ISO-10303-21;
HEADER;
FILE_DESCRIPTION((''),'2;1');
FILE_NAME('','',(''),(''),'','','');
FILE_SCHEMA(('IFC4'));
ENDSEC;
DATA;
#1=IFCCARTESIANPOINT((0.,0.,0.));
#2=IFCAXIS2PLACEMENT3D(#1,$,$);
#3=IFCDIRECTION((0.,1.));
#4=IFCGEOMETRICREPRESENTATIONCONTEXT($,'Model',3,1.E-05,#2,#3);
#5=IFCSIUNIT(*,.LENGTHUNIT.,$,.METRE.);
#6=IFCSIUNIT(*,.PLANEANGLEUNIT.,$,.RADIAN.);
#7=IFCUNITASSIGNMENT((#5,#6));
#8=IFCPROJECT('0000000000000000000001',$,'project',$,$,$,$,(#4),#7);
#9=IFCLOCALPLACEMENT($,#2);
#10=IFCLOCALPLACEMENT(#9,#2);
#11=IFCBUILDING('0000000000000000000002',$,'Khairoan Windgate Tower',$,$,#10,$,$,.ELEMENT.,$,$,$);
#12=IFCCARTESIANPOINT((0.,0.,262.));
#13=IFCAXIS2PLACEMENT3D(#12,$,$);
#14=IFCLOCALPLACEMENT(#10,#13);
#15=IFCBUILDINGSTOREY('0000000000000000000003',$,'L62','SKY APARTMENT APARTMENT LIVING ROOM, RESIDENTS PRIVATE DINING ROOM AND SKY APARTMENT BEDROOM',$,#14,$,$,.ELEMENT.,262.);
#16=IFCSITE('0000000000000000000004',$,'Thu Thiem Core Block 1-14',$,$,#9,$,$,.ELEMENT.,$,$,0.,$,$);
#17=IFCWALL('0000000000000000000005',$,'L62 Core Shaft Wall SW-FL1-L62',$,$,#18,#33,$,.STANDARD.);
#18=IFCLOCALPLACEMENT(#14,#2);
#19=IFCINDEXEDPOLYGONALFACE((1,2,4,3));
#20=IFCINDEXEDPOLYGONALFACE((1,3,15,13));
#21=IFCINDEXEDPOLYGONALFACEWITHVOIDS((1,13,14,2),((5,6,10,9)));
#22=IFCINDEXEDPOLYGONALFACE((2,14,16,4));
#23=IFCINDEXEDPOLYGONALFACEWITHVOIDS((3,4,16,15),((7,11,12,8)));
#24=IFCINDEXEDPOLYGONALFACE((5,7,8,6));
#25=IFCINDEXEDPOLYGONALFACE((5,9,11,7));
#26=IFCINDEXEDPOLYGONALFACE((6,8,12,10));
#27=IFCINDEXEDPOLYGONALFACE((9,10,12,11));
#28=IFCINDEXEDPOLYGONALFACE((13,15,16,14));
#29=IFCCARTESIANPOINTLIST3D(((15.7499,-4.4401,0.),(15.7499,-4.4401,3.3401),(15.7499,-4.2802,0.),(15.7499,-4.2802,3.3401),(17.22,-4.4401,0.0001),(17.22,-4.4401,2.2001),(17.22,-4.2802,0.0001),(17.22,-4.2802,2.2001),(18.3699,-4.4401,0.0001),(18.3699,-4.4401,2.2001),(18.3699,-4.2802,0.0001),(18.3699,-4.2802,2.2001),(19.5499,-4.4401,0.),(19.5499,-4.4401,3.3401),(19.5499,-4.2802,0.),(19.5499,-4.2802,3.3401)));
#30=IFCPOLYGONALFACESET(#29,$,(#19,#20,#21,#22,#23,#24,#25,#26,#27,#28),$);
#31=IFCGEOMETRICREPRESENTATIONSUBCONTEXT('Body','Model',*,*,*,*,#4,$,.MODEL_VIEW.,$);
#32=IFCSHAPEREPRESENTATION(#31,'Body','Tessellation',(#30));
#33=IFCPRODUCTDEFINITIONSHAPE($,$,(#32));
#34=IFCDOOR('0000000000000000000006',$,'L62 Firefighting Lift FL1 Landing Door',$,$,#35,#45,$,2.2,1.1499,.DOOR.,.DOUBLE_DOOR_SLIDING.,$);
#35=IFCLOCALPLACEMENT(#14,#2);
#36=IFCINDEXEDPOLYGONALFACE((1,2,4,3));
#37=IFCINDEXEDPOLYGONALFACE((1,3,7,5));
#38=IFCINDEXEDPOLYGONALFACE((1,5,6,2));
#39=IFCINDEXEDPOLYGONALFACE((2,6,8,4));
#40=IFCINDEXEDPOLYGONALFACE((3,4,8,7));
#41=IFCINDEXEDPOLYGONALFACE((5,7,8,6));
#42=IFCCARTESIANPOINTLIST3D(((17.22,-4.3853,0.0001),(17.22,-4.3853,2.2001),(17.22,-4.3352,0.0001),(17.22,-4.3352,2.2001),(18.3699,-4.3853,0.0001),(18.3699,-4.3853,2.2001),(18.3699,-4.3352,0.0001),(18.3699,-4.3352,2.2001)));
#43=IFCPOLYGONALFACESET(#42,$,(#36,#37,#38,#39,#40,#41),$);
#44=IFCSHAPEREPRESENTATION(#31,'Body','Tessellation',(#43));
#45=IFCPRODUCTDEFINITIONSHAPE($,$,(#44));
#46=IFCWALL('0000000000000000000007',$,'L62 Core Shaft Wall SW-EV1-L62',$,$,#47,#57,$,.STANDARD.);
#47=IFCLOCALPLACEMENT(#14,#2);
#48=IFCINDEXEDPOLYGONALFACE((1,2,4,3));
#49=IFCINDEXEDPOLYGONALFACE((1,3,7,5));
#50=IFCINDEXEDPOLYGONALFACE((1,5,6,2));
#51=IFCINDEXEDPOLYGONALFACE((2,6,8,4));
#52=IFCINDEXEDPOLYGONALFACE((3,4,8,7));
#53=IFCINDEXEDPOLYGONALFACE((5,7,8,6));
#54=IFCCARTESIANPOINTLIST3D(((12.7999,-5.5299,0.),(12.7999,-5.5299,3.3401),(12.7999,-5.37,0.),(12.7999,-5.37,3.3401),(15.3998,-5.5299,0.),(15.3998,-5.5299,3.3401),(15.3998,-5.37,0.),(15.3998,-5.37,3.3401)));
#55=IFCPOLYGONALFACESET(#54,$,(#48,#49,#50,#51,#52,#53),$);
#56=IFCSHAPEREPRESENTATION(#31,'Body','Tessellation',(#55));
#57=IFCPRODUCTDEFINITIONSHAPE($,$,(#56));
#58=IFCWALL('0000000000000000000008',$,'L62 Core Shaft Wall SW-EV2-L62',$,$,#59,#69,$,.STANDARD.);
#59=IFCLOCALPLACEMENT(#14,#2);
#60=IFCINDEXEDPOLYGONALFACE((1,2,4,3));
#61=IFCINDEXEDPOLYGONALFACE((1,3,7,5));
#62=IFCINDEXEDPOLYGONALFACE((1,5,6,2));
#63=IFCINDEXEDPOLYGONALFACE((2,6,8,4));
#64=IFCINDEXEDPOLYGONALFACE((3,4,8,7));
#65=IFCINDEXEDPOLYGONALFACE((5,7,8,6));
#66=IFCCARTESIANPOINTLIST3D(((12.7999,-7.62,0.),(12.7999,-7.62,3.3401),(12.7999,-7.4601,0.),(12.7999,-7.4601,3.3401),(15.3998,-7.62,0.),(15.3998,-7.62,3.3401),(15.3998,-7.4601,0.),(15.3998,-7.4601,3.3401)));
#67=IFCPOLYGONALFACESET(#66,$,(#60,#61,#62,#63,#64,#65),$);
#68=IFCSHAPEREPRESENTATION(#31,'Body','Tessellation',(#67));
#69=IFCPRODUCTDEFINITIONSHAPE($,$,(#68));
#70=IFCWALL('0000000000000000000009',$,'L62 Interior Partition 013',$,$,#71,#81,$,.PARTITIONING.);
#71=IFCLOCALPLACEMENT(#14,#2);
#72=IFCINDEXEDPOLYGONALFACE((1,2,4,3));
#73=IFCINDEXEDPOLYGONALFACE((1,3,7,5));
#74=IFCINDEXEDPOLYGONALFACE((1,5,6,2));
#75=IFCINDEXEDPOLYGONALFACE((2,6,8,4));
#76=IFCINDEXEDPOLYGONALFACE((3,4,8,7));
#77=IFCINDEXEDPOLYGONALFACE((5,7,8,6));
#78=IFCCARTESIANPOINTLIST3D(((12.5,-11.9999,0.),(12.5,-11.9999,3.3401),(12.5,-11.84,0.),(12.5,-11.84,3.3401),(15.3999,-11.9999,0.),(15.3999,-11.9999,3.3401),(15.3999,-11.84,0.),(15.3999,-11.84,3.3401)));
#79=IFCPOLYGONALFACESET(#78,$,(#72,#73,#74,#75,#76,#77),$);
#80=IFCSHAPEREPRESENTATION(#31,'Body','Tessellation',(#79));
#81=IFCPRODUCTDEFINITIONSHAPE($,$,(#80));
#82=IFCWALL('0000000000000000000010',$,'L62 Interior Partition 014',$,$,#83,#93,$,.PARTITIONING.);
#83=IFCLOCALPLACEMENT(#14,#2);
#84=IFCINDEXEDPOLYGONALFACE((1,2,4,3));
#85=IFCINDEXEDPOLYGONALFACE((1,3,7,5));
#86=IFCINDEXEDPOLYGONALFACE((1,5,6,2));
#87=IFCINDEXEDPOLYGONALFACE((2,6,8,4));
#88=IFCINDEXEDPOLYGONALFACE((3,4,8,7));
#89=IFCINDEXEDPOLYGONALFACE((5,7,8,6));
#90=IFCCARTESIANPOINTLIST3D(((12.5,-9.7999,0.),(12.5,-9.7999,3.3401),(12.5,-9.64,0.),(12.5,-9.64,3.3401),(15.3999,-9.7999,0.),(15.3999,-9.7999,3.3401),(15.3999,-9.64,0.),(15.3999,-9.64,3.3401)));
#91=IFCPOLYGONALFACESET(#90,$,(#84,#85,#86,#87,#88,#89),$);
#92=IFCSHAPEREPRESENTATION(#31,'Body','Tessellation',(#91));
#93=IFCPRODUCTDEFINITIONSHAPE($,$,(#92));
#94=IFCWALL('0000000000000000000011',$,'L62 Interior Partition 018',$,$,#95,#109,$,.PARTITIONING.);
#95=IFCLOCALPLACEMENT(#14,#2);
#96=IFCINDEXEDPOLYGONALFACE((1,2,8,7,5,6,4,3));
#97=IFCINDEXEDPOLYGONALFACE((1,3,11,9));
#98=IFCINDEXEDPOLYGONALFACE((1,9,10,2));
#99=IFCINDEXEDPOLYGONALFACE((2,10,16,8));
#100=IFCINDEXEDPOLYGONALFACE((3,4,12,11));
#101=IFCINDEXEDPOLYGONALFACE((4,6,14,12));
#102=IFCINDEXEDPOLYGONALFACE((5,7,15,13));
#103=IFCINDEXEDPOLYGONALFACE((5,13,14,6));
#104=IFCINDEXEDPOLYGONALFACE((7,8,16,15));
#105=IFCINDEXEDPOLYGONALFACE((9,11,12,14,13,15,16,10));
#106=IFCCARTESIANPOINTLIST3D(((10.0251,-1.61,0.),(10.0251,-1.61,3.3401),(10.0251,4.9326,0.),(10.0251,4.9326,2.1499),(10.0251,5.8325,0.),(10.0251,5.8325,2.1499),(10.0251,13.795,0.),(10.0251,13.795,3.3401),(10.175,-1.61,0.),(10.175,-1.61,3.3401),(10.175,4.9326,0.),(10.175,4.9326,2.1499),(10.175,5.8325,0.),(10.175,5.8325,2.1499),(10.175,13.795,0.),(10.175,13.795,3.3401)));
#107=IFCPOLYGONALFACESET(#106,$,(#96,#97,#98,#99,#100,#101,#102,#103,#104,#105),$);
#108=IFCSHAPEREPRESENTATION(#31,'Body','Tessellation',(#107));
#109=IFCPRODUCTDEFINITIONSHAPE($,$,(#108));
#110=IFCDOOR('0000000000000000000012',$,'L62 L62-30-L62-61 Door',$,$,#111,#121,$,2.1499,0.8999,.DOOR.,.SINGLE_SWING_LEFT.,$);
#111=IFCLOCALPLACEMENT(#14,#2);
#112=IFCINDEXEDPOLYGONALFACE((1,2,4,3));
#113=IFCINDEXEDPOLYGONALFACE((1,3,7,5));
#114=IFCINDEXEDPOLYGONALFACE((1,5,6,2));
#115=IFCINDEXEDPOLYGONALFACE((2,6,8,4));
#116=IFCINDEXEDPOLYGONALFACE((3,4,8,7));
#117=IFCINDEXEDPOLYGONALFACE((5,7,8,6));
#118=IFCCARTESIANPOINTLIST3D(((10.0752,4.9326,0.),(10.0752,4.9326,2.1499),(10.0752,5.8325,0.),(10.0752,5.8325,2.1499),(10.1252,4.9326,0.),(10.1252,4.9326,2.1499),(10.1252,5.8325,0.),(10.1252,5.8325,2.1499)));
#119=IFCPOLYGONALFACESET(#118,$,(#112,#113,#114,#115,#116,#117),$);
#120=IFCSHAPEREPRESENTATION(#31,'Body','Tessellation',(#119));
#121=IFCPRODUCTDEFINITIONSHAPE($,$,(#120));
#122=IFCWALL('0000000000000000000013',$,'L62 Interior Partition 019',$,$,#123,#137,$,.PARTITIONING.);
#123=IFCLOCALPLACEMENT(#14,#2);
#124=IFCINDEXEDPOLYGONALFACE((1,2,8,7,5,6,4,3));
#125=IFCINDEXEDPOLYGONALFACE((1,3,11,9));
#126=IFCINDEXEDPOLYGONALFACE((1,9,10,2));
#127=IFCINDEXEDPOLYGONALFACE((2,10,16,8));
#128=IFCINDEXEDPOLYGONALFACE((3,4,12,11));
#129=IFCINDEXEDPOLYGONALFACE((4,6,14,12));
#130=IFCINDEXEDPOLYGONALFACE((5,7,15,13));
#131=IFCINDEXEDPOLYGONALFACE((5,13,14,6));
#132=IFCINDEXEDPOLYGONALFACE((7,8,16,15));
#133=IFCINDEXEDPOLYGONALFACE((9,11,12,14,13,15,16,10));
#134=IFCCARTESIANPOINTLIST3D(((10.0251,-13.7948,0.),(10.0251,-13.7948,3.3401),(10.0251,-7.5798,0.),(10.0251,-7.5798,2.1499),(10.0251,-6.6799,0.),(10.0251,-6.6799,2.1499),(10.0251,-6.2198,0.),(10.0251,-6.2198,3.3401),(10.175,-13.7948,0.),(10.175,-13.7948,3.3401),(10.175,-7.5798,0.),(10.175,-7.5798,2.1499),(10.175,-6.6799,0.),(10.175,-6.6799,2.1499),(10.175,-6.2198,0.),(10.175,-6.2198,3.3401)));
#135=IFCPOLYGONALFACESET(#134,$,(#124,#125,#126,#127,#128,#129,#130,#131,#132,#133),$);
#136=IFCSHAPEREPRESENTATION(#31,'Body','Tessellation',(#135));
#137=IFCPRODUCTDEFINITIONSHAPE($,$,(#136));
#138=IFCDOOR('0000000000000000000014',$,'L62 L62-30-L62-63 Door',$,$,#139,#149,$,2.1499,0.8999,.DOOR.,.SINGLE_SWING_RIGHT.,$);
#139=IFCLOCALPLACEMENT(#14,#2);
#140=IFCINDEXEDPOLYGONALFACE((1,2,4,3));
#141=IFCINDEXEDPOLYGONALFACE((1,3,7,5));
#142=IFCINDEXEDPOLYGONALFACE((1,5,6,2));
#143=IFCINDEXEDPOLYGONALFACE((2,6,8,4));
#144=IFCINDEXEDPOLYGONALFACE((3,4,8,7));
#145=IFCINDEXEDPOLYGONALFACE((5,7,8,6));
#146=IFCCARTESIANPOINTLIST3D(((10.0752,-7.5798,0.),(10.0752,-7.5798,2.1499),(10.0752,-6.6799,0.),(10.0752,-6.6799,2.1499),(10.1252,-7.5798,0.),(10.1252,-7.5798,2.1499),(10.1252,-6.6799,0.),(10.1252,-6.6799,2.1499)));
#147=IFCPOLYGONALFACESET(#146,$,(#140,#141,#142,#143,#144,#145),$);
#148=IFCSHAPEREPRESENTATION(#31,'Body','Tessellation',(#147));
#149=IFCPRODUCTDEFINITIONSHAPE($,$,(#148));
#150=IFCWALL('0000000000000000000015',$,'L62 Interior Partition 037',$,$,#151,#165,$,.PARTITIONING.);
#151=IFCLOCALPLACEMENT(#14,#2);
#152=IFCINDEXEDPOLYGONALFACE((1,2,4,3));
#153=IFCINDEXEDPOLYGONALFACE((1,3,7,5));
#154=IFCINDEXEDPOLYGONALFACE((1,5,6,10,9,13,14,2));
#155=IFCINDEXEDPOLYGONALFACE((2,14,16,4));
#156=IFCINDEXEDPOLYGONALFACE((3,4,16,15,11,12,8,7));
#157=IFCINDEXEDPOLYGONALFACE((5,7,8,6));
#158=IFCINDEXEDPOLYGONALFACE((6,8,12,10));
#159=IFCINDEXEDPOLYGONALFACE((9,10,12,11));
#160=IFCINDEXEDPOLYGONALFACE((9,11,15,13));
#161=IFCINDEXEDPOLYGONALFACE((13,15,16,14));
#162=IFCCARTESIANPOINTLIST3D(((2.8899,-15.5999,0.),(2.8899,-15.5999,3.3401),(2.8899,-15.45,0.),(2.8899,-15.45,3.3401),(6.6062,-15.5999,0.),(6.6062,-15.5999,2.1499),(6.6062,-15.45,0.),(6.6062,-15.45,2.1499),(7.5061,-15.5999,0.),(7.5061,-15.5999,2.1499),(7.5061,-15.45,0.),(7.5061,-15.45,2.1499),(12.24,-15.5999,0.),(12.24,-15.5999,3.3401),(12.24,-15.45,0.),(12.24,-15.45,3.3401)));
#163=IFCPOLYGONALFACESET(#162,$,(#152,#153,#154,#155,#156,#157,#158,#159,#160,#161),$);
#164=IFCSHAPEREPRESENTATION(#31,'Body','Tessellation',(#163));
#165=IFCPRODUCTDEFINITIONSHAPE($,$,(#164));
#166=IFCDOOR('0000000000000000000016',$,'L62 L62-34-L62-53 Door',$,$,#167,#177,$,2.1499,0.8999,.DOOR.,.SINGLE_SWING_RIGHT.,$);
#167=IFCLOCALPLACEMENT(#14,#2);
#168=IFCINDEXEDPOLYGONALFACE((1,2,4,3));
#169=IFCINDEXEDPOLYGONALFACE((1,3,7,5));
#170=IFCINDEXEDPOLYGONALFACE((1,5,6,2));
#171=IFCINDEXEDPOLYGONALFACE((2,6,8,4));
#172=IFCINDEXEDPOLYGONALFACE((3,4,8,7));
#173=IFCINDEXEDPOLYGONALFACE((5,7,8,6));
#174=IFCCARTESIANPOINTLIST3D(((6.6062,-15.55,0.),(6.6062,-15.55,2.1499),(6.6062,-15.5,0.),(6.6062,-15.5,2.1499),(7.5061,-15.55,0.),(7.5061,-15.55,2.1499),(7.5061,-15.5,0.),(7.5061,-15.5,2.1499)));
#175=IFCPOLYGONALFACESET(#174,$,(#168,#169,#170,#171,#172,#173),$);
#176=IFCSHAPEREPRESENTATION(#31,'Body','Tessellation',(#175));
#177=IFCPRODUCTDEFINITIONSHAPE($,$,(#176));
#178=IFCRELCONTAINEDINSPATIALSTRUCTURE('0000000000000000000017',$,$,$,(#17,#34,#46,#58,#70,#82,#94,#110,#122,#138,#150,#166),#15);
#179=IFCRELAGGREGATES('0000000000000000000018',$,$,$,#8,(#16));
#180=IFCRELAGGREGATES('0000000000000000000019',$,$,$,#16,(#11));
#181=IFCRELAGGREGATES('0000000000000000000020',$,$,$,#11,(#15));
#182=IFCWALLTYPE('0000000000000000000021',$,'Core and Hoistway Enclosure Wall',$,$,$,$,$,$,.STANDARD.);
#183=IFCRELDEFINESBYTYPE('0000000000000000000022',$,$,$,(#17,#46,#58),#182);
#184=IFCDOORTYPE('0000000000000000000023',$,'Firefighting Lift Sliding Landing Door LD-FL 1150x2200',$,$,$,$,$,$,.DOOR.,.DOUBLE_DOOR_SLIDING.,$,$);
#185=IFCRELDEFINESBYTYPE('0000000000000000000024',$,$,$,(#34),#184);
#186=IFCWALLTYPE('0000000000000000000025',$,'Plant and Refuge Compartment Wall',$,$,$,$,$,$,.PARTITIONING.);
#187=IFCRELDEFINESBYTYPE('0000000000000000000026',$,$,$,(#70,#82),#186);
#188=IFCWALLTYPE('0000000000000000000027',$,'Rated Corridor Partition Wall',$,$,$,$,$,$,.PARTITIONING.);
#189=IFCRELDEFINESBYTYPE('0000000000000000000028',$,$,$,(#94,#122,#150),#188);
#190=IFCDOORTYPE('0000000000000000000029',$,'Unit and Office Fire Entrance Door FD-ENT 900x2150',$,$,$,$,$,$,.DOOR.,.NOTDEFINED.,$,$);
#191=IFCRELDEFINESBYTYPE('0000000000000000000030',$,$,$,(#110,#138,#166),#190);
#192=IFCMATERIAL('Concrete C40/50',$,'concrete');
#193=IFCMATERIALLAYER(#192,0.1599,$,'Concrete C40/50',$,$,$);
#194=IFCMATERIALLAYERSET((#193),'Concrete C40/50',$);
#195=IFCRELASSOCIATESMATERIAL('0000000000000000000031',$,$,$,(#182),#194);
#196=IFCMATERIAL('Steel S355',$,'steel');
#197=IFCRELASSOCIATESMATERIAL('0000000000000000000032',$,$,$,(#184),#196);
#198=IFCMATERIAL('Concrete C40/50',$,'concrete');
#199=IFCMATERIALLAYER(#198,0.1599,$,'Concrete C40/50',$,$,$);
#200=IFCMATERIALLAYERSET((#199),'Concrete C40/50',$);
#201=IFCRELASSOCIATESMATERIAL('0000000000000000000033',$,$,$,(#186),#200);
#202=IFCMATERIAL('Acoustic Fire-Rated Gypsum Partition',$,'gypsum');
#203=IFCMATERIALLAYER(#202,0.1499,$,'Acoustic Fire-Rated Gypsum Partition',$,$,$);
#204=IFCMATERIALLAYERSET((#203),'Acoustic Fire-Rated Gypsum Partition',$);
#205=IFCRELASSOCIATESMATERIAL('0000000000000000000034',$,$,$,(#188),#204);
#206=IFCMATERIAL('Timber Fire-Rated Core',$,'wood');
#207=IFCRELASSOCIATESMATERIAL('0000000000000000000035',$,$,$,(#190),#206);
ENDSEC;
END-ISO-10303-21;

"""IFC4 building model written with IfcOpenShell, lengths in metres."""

from ifc_helpers import new_model, si_unit, direction, frame, frame_2d, origin, place, context, subcontext, project, spatial, rectangle, extrude, material, layer, layer_set, type_object, element, fill, save


model = new_model("IFC4")

# Units and contexts
model_context = context("Model", 3, precision=1e-05, world=origin(), true_north=direction((0.0, 1.0)))
body_context = subcontext(model_context, "Body", "Model", "MODEL_VIEW")
ifc_project = project(units=[si_unit("LENGTHUNIT", "METRE"), si_unit("PLANEANGLEUNIT", "RADIAN")], contexts=[model_context])

# Site, building, storey
site_placement = place(None, origin())
site = spatial("IfcSite", under=ifc_project, at=site_placement, Name="Thu Thiem Core Block 1-14", CompositionType="ELEMENT", RefElevation=0.0)
building_placement = place(site_placement, origin())
building = spatial("IfcBuilding", under=site, at=building_placement, Name="Khairoan Windgate Tower", CompositionType="ELEMENT")
storey_placement = place(building_placement, frame((0.0, 0.0, 262.0)))
storey = spatial("IfcBuildingStorey", under=building, at=storey_placement, Name="L62", Description="SKY APARTMENT APARTMENT LIVING ROOM, RESIDENTS PRIVATE DINING ROOM AND SKY APARTMENT BEDROOM", CompositionType="ELEMENT", Elevation=262.0)

# Shared definitions
ifc_material_1 = material(Name="Concrete C40/50", Category="concrete")
ifc_layer_1 = layer(ifc_material_1, 0.1599, Name="Concrete C40/50")
ifc_layer_set_1 = layer_set([ifc_layer_1], Name="Concrete C40/50")
wall_type_1 = type_object("IfcWallType", Name="Core and Hoistway Enclosure Wall", PredefinedType="STANDARD", material=ifc_layer_set_1)

# Wall, opening, door
wall_1_placement = place(storey_placement, frame((15.75, -4.3601, 0.0), z_axis=(0.0, 0.0, 1.0), x_axis=(1.0, 0.0, 0.0)))
wall_1 = element("IfcWall", 1, at=wall_1_placement, inside=storey, type_object=wall_type_1, Name="L62 Core Shaft Wall SW-FL1-L62", PredefinedType="STANDARD", context=body_context, shape_type="SweptSolid", body=[
    extrude(rectangle(XDim=3.8, YDim=0.1599, at=frame_2d((1.8999, 0.0))), origin(), (0.0, 0.0, 1.0), 3.3401),
])
opening_1_placement = place(wall_1_placement, frame((1.47, 0.0, 0.0)))
opening_1 = element("IfcOpeningElement", 2, at=opening_1_placement, cuts=wall_1, PredefinedType="OPENING", context=body_context, shape_type="SweptSolid", body=[
    extrude(rectangle(XDim=1.1499, YDim=2.2, at=frame_2d((0.575, 1.1001))), frame((0.0, 0.0898, 0.0), z_axis=(0.0, -1.0, 0.0), x_axis=(1.0, 0.0, 0.0)), (0.0, 0.0, 1.0), 0.1799),
])
ifc_material_2 = material(Name="Steel S355", Category="steel")
door_type_1 = type_object("IfcDoorType", Name="Firefighting Lift Sliding Landing Door LD-FL 1150x2200", OperationType="DOUBLE_DOOR_SLIDING", PredefinedType="DOOR", material=ifc_material_2)
door_1_placement = place(opening_1_placement, origin())
door_1 = element("IfcDoor", 3, at=door_1_placement, inside=storey, type_object=door_type_1, Name="L62 Firefighting Lift FL1 Landing Door", OperationType="DOUBLE_DOOR_SLIDING", OverallHeight=2.2, OverallWidth=1.1499, PredefinedType="DOOR", context=body_context, shape_type="SweptSolid", body=[
    extrude(rectangle(XDim=1.1499, YDim=2.2, at=frame_2d((0.575, 1.1001))), frame((0.0, 0.0249, 0.0), z_axis=(0.0, -1.0, 0.0), x_axis=(1.0, 0.0, 0.0)), (0.0, 0.0, 1.0), 0.05),
])
fill(opening_1, door_1)

# Walls
for number, where, z_axis, x_axis, name in (
    (4, (12.8, -5.45, 0.0), (0.0, 0.0, 1.0), (1.0, 0.0, 0.0), "L62 Core Shaft Wall SW-EV1-L62"),
    (5, (12.8, -7.54, 0.0), (0.0, 0.0, 1.0), (1.0, 0.0, 0.0), "L62 Core Shaft Wall SW-EV2-L62"),
):
    element("IfcWall", number, at=place(storey_placement, frame(where, z_axis=z_axis, x_axis=x_axis)), inside=storey, type_object=wall_type_1, Name=name, PredefinedType="STANDARD", context=body_context, shape_type="SweptSolid", body=[
        extrude(rectangle(XDim=2.5999, YDim=0.1599, at=frame_2d((1.2998, 0.0))), origin(), (0.0, 0.0, 1.0), 3.3401),
    ])
ifc_material_3 = material(Name="Concrete C40/50", Category="concrete")
ifc_layer_2 = layer(ifc_material_3, 0.1599, Name="Concrete C40/50")
ifc_layer_set_2 = layer_set([ifc_layer_2], Name="Concrete C40/50")
wall_type_2 = type_object("IfcWallType", Name="Plant and Refuge Compartment Wall", PredefinedType="PARTITIONING", material=ifc_layer_set_2)
for number, where, z_axis, x_axis, name in (
    (6, (12.5, -11.9199, 0.0), (0.0, 0.0, 1.0), (1.0, 0.0, 0.0), "L62 Interior Partition 013"),
    (7, (12.5, -9.72, 0.0), (0.0, 0.0, 1.0), (1.0, 0.0, 0.0), "L62 Interior Partition 014"),
):
    element("IfcWall", number, at=place(storey_placement, frame(where, z_axis=z_axis, x_axis=x_axis)), inside=storey, type_object=wall_type_2, Name=name, PredefinedType="PARTITIONING", context=body_context, shape_type="SweptSolid", body=[
        extrude(rectangle(XDim=2.8999, YDim=0.1599, at=frame_2d((1.45, 0.0))), origin(), (0.0, 0.0, 1.0), 3.3401),
    ])

# Walls, openings, doors
ifc_material_4 = material(Name="Acoustic Fire-Rated Gypsum Partition", Category="gypsum")
ifc_layer_3 = layer(ifc_material_4, 0.1499, Name="Acoustic Fire-Rated Gypsum Partition")
ifc_layer_set_3 = layer_set([ifc_layer_3], Name="Acoustic Fire-Rated Gypsum Partition")
wall_type_3 = type_object("IfcWallType", Name="Rated Corridor Partition Wall", PredefinedType="PARTITIONING", material=ifc_layer_set_3)
wall_2_placement = place(storey_placement, frame((10.1001, -1.6101, 0.0), z_axis=(0.0, 0.0, 1.0), x_axis=(0.0, 1.0, 0.0)))
wall_2 = element("IfcWall", 8, at=wall_2_placement, inside=storey, type_object=wall_type_3, Name="L62 Interior Partition 018", PredefinedType="PARTITIONING", context=body_context, shape_type="SweptSolid", body=[
    extrude(rectangle(XDim=15.405, YDim=0.1499, at=frame_2d((7.7026, 0.0))), origin(), (0.0, 0.0, 1.0), 3.3401),
])
opening_2_placement = place(wall_2_placement, frame((6.5427, 0.0, 0.0)))
opening_2 = element("IfcOpeningElement", 9, at=opening_2_placement, cuts=wall_2, PredefinedType="OPENING", context=body_context, shape_type="SweptSolid", body=[
    extrude(rectangle(XDim=0.8999, YDim=2.1499, at=frame_2d((0.45, 1.075))), frame((0.0, 0.085, 0.0), z_axis=(0.0, -1.0, 0.0), x_axis=(1.0, 0.0, 0.0)), (0.0, 0.0, 1.0), 0.1699),
])
ifc_material_5 = material(Name="Timber Fire-Rated Core", Category="wood")
door_type_2 = type_object("IfcDoorType", Name="Unit and Office Fire Entrance Door FD-ENT 900x2150", OperationType="NOTDEFINED", PredefinedType="DOOR", material=ifc_material_5)
door_2_placement = place(opening_2_placement, origin())
door_2 = element("IfcDoor", 10, at=door_2_placement, inside=storey, type_object=door_type_2, Name="L62 L62-30-L62-61 Door", OperationType="SINGLE_SWING_LEFT", OverallHeight=2.1499, OverallWidth=0.8999, PredefinedType="DOOR", context=body_context, shape_type="SweptSolid", body=[
    extrude(rectangle(XDim=0.8999, YDim=2.1499, at=frame_2d((0.45, 1.075))), frame((0.0, 0.0249, 0.0), z_axis=(0.0, -1.0, 0.0), x_axis=(1.0, 0.0, 0.0)), (0.0, 0.0, 1.0), 0.05),
])
fill(opening_2, door_2)
wall_3_placement = place(storey_placement, frame((10.1001, -13.7949, 0.0), z_axis=(0.0, 0.0, 1.0), x_axis=(0.0, 1.0, 0.0)))
wall_3 = element("IfcWall", 11, at=wall_3_placement, inside=storey, type_object=wall_type_3, Name="L62 Interior Partition 019", PredefinedType="PARTITIONING", context=body_context, shape_type="SweptSolid", body=[
    extrude(rectangle(XDim=7.575, YDim=0.1499, at=frame_2d((3.7876, 0.0))), origin(), (0.0, 0.0, 1.0), 3.3401),
])
opening_3_placement = place(wall_3_placement, frame((6.2151, 0.0, 0.0)))
opening_3 = element("IfcOpeningElement", 12, at=opening_3_placement, cuts=wall_3, PredefinedType="OPENING", context=body_context, shape_type="SweptSolid", body=[
    extrude(rectangle(XDim=0.8999, YDim=2.1499, at=frame_2d((0.45, 1.075))), frame((0.0, 0.085, 0.0), z_axis=(0.0, -1.0, 0.0), x_axis=(1.0, 0.0, 0.0)), (0.0, 0.0, 1.0), 0.1699),
])
door_3_placement = place(opening_3_placement, origin())
door_3 = element("IfcDoor", 13, at=door_3_placement, inside=storey, type_object=door_type_2, Name="L62 L62-30-L62-63 Door", OperationType="SINGLE_SWING_RIGHT", OverallHeight=2.1499, OverallWidth=0.8999, PredefinedType="DOOR", context=body_context, shape_type="SweptSolid", body=[
    extrude(rectangle(XDim=0.8999, YDim=2.1499, at=frame_2d((0.45, 1.075))), frame((0.0, 0.0249, 0.0), z_axis=(0.0, -1.0, 0.0), x_axis=(1.0, 0.0, 0.0)), (0.0, 0.0, 1.0), 0.05),
])
fill(opening_3, door_3)
wall_4_placement = place(storey_placement, frame((2.8899, -15.5249, 0.0), z_axis=(0.0, 0.0, 1.0), x_axis=(1.0, 0.0, 0.0)))
wall_4 = element("IfcWall", 14, at=wall_4_placement, inside=storey, type_object=wall_type_3, Name="L62 Interior Partition 037", PredefinedType="PARTITIONING", context=body_context, shape_type="SweptSolid", body=[
    extrude(rectangle(XDim=9.3501, YDim=0.1499, at=frame_2d((4.675, 0.0))), origin(), (0.0, 0.0, 1.0), 3.3401),
])
opening_4_placement = place(wall_4_placement, frame((3.7163, 0.0, 0.0)))
opening_4 = element("IfcOpeningElement", 15, at=opening_4_placement, cuts=wall_4, PredefinedType="OPENING", context=body_context, shape_type="SweptSolid", body=[
    extrude(rectangle(XDim=0.8999, YDim=2.1499, at=frame_2d((0.45, 1.075))), frame((0.0, 0.085, 0.0), z_axis=(0.0, -1.0, 0.0), x_axis=(1.0, 0.0, 0.0)), (0.0, 0.0, 1.0), 0.1699),
])
door_4_placement = place(opening_4_placement, origin())
door_4 = element("IfcDoor", 16, at=door_4_placement, inside=storey, type_object=door_type_2, Name="L62 L62-34-L62-53 Door", OperationType="SINGLE_SWING_RIGHT", OverallHeight=2.1499, OverallWidth=0.8999, PredefinedType="DOOR", context=body_context, shape_type="SweptSolid", body=[
    extrude(rectangle(XDim=0.8999, YDim=2.1499, at=frame_2d((0.45, 1.075))), frame((0.0, 0.0249, 0.0), z_axis=(0.0, -1.0, 0.0), x_axis=(1.0, 0.0, 0.0)), (0.0, 0.0, 1.0), 0.05),
])
fill(opening_4, door_4)

save(model, "model.ifc")
